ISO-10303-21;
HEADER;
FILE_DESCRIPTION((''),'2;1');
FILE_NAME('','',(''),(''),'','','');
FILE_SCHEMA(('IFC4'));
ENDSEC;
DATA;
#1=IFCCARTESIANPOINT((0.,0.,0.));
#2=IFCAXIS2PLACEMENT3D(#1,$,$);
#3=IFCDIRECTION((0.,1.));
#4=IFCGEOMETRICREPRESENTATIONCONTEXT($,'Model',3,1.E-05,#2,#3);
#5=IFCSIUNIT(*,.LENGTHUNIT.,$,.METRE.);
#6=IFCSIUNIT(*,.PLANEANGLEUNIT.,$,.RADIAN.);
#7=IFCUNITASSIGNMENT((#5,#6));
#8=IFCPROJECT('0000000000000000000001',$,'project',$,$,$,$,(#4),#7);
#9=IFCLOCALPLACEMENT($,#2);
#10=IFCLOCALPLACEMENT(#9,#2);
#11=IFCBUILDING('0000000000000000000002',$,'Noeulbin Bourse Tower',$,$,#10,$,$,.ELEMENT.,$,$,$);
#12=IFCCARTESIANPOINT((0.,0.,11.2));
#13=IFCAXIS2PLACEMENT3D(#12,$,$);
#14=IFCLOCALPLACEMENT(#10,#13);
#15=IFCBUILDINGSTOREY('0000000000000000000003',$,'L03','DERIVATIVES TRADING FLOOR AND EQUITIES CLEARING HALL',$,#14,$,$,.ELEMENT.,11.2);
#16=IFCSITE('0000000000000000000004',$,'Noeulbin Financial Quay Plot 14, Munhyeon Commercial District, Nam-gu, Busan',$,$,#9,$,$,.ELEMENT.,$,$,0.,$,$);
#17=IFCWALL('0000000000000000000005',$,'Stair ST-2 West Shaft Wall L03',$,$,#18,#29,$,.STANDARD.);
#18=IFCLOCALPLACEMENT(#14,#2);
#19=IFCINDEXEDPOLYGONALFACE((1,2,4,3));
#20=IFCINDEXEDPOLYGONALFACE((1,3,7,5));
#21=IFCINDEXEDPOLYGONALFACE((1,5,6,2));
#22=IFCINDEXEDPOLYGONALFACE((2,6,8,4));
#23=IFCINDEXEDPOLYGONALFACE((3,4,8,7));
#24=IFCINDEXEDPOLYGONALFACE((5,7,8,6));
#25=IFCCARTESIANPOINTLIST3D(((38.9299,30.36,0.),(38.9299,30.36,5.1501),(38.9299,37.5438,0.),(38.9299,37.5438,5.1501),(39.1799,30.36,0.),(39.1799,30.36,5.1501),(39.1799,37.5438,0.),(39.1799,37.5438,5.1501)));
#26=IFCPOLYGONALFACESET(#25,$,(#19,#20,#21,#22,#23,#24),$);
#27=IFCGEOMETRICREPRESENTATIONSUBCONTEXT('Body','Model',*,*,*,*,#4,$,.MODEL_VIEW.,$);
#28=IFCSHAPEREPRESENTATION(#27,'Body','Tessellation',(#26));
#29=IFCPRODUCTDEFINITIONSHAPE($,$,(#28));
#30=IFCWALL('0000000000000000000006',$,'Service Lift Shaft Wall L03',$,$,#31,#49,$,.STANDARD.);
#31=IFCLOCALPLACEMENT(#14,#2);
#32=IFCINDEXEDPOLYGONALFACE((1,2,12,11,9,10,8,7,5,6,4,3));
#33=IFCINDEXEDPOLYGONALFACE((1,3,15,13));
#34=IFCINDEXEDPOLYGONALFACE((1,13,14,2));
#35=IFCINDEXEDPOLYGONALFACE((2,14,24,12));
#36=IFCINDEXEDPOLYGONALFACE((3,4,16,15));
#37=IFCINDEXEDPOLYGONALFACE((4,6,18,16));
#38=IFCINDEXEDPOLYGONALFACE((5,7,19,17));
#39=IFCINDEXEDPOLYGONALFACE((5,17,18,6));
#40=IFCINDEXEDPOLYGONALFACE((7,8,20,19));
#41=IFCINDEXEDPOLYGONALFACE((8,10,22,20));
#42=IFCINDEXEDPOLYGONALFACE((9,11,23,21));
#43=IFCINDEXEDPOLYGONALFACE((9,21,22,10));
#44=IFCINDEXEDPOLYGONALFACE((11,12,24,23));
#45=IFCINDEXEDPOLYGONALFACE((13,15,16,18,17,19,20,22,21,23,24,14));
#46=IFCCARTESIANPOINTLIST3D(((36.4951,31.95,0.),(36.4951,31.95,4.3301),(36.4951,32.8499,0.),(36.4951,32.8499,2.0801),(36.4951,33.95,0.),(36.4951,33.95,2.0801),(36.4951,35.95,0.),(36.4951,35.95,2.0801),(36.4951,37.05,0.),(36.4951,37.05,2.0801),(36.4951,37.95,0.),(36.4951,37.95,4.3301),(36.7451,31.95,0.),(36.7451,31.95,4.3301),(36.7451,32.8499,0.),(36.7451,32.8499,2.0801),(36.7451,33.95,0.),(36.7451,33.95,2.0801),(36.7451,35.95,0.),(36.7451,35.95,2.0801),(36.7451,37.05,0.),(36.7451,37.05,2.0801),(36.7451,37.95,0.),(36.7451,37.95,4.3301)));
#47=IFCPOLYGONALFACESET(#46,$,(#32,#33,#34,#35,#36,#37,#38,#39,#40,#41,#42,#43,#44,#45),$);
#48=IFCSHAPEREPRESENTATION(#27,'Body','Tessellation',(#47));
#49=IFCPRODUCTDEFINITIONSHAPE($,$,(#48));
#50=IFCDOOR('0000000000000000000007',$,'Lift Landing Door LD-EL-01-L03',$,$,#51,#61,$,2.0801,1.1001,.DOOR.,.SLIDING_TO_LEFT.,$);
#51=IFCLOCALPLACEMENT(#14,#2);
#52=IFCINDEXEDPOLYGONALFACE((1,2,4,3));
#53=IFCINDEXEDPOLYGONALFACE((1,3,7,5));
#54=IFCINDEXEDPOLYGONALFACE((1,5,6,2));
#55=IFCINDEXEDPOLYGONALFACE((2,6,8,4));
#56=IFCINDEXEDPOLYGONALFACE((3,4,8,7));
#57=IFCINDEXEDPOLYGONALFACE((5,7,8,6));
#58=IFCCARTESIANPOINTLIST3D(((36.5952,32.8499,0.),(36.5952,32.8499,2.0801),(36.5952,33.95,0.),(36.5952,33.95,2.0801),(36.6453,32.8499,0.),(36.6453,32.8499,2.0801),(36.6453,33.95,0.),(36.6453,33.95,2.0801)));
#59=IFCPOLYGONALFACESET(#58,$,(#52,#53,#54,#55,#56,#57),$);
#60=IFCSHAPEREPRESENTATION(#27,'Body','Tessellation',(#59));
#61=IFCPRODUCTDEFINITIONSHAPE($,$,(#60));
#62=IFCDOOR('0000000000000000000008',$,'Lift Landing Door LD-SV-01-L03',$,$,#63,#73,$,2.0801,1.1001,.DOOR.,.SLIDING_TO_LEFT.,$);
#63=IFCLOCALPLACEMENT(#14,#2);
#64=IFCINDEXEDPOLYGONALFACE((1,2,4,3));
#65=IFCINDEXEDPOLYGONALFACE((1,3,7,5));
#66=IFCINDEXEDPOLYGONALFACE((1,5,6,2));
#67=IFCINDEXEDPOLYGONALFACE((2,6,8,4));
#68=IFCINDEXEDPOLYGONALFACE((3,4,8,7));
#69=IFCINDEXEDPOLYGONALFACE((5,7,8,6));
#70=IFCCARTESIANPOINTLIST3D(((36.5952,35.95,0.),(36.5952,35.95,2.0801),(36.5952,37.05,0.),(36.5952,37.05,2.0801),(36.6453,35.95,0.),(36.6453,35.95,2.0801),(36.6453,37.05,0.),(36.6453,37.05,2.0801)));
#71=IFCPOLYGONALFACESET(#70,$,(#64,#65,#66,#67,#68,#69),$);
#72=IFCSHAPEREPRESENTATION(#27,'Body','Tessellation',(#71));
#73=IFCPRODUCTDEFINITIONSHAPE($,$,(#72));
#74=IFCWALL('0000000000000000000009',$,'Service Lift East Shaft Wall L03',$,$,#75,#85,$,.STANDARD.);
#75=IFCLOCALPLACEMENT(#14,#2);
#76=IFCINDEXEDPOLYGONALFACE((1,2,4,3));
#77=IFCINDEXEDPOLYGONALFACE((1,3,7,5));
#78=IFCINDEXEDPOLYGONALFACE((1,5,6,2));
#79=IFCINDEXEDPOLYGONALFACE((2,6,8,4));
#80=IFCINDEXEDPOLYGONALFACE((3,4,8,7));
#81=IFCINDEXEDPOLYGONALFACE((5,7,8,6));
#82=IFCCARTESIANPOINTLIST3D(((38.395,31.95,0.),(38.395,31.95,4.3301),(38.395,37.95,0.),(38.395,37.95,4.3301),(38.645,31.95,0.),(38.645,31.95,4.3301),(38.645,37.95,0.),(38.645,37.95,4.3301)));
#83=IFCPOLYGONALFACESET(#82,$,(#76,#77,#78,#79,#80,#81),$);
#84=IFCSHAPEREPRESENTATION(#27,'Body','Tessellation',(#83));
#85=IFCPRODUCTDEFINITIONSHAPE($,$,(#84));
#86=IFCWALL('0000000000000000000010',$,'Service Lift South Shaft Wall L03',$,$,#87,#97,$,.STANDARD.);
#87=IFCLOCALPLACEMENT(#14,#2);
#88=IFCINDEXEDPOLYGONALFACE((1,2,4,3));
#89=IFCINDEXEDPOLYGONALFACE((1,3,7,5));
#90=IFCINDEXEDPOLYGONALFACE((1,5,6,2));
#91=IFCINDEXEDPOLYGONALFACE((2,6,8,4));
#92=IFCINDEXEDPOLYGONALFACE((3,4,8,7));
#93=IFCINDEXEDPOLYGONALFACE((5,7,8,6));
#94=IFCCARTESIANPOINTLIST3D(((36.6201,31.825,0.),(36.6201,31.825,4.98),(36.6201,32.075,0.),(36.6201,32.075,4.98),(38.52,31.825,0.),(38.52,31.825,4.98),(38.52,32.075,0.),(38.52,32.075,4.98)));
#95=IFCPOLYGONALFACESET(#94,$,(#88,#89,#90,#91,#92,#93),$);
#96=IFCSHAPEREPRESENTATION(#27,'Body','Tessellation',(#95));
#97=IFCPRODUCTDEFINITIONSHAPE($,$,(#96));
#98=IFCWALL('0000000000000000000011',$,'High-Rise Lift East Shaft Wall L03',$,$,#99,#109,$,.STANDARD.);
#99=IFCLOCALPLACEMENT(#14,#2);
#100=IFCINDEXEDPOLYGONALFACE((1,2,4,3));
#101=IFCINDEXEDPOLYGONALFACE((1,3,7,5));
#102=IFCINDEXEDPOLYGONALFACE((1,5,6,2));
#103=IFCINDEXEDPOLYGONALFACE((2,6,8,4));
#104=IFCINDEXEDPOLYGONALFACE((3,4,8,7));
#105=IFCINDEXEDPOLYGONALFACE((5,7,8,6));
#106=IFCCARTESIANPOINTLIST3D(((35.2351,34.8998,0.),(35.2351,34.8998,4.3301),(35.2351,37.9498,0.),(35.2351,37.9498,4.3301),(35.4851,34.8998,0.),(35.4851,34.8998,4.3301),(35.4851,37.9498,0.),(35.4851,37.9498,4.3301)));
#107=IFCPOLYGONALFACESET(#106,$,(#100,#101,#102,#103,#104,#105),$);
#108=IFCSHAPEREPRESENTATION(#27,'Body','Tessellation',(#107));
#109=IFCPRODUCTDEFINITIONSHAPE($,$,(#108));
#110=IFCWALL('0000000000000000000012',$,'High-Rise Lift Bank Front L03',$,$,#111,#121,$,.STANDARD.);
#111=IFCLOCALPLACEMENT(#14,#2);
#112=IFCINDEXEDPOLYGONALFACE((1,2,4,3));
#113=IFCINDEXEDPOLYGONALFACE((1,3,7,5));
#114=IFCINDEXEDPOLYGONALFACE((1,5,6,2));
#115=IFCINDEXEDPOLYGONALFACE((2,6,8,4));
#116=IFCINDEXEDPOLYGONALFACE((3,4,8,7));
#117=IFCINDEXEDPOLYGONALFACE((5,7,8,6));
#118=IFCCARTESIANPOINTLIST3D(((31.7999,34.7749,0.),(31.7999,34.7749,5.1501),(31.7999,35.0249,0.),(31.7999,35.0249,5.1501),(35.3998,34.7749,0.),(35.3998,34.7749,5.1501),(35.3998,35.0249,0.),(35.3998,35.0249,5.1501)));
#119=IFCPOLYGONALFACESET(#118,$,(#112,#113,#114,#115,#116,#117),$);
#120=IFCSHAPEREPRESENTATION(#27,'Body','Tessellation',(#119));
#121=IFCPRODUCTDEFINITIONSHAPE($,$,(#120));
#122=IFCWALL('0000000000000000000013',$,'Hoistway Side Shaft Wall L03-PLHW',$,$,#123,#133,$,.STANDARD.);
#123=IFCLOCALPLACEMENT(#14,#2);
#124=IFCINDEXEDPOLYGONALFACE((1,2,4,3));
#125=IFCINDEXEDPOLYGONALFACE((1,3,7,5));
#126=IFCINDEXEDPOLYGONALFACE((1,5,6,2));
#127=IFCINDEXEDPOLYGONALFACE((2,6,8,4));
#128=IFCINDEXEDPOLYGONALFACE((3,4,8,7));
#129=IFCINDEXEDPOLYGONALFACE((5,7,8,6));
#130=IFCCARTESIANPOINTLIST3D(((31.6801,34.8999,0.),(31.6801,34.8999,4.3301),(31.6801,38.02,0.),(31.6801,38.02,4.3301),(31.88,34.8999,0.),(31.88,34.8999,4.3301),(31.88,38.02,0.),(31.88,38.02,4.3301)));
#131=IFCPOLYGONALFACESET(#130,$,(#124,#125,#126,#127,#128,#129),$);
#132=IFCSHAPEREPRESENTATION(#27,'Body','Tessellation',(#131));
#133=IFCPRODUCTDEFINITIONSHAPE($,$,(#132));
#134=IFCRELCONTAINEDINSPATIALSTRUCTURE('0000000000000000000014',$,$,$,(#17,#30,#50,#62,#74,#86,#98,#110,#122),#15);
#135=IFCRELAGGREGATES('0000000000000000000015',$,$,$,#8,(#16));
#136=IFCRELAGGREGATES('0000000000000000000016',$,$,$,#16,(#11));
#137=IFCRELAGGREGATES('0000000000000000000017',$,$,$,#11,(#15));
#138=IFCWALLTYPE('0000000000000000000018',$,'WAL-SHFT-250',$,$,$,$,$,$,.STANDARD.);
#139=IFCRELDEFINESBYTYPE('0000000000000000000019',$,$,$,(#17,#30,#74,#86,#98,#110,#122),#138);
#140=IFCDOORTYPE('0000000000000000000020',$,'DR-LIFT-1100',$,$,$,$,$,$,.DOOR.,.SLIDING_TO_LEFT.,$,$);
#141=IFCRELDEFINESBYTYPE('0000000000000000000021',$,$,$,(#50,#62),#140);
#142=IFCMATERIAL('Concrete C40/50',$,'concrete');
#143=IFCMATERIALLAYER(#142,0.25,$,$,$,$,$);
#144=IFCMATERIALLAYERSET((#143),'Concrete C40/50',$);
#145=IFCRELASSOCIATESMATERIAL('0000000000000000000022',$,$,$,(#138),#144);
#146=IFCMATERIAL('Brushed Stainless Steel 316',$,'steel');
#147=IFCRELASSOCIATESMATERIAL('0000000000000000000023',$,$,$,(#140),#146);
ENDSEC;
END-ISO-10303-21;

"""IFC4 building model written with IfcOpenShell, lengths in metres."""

from ifc_helpers import new_model, si_unit, direction, frame, frame_2d, origin, place, context, subcontext, project, spatial, rectangle, extrude, material, layer, layer_set, type_object, element, fill, save


model = new_model("IFC4")

# Units and contexts
model_context = context("Model", 3, precision=1e-05, world=origin(), true_north=direction((0.0, 1.0)))
body_context = subcontext(model_context, "Body", "Model", "MODEL_VIEW")
ifc_project = project(units=[si_unit("LENGTHUNIT", "METRE"), si_unit("PLANEANGLEUNIT", "RADIAN")], contexts=[model_context])

# Site, building, storey
site_placement = place(None, origin())
site = spatial("IfcSite", under=ifc_project, at=site_placement, Name="Noeulbin Financial Quay Plot 14, Munhyeon Commercial District, Nam-gu, Busan", CompositionType="ELEMENT", RefElevation=0.0)
building_placement = place(site_placement, origin())
building = spatial("IfcBuilding", under=site, at=building_placement, Name="Noeulbin Bourse Tower", CompositionType="ELEMENT")
storey_placement = place(building_placement, frame((0.0, 0.0, 11.2)))
storey = spatial("IfcBuildingStorey", under=building, at=storey_placement, Name="L03", Description="DERIVATIVES TRADING FLOOR AND EQUITIES CLEARING HALL", CompositionType="ELEMENT", Elevation=11.2)

# Wall
ifc_material_1 = material(Name="Concrete C40/50", Category="concrete")
ifc_layer_1 = layer(ifc_material_1, 0.25)
ifc_layer_set_1 = layer_set([ifc_layer_1], Name="Concrete C40/50")
wall_type_1 = type_object("IfcWallType", Name="WAL-SHFT-250", PredefinedType="STANDARD", material=ifc_layer_set_1)
wall_1_placement = place(storey_placement, frame((39.0549, 30.3601, 0.0), z_axis=(0.0, 0.0, 1.0), x_axis=(0.0, 1.0, 0.0)))
element("IfcWall", 1, at=wall_1_placement, inside=storey, type_object=wall_type_1, Name="Stair ST-2 West Shaft Wall L03", PredefinedType="STANDARD", context=body_context, shape_type="SweptSolid", body=[
    extrude(rectangle(XDim=7.1838, YDim=0.25, at=frame_2d((3.5918, 0.0))), origin(), (0.0, 0.0, 1.0), 5.1501),
])

# Wall, openings, doors
wall_2_placement = place(storey_placement, frame((36.6201, 31.95, 0.0), z_axis=(0.0, 0.0, 1.0), x_axis=(0.0, 1.0, 0.0)))
wall_2 = element("IfcWall", 2, at=wall_2_placement, inside=storey, type_object=wall_type_1, Name="Service Lift Shaft Wall L03", PredefinedType="STANDARD", context=body_context, shape_type="SweptSolid", body=[
    extrude(rectangle(XDim=6.0, YDim=0.25, at=frame_2d((3.0, 0.0))), origin(), (0.0, 0.0, 1.0), 4.3301),
])
opening_1_placement = place(wall_2_placement, frame((0.8999, 0.0, 0.0)))
opening_1 = element("IfcOpeningElement", 3, at=opening_1_placement, cuts=wall_2, PredefinedType="OPENING", context=body_context, shape_type="SweptSolid", body=[
    extrude(rectangle(XDim=1.1001, YDim=2.0801, at=frame_2d((0.55, 1.04))), frame((0.0, 0.135, 0.0), z_axis=(0.0, -1.0, 0.0), x_axis=(1.0, 0.0, 0.0)), (0.0, 0.0, 1.0), 0.27),
])
opening_2_placement = place(wall_2_placement, frame((4.0, 0.0, 0.0)))
opening_2 = element("IfcOpeningElement", 4, at=opening_2_placement, cuts=wall_2, PredefinedType="OPENING", context=body_context, shape_type="SweptSolid", body=[
    extrude(rectangle(XDim=1.1001, YDim=2.0801, at=frame_2d((0.55, 1.04))), frame((0.0, 0.135, 0.0), z_axis=(0.0, -1.0, 0.0), x_axis=(1.0, 0.0, 0.0)), (0.0, 0.0, 1.0), 0.27),
])
ifc_material_2 = material(Name="Brushed Stainless Steel 316", Category="steel")
door_type = type_object("IfcDoorType", Name="DR-LIFT-1100", OperationType="SLIDING_TO_LEFT", PredefinedType="DOOR", material=ifc_material_2)
door_1_placement = place(opening_1_placement, origin())
door_1 = element("IfcDoor", 5, at=door_1_placement, inside=storey, type_object=door_type, Name="Lift Landing Door LD-EL-01-L03", OperationType="SLIDING_TO_LEFT", OverallHeight=2.0801, OverallWidth=1.1001, PredefinedType="DOOR", context=body_context, shape_type="SweptSolid", body=[
    extrude(rectangle(XDim=1.1001, YDim=2.0801, at=frame_2d((0.55, 1.04))), frame((0.0, 0.0249, 0.0), z_axis=(0.0, -1.0, 0.0), x_axis=(1.0, 0.0, 0.0)), (0.0, 0.0, 1.0), 0.05),
])
fill(opening_1, door_1)
door_2_placement = place(opening_2_placement, origin())
door_2 = element("IfcDoor", 6, at=door_2_placement, inside=storey, type_object=door_type, Name="Lift Landing Door LD-SV-01-L03", OperationType="SLIDING_TO_LEFT", OverallHeight=2.0801, OverallWidth=1.1001, PredefinedType="DOOR", context=body_context, shape_type="SweptSolid", body=[
    extrude(rectangle(XDim=1.1001, YDim=2.0801, at=frame_2d((0.55, 1.04))), frame((0.0, 0.0249, 0.0), z_axis=(0.0, -1.0, 0.0), x_axis=(1.0, 0.0, 0.0)), (0.0, 0.0, 1.0), 0.05),
])
fill(opening_2, door_2)

# Walls
wall_3_placement = place(storey_placement, frame((38.52, 31.95, 0.0), z_axis=(0.0, 0.0, 1.0), x_axis=(0.0, 1.0, 0.0)))
element("IfcWall", 7, at=wall_3_placement, inside=storey, type_object=wall_type_1, Name="Service Lift East Shaft Wall L03", PredefinedType="STANDARD", context=body_context, shape_type="SweptSolid", body=[
    extrude(rectangle(XDim=6.0, YDim=0.25, at=frame_2d((3.0, 0.0))), origin(), (0.0, 0.0, 1.0), 4.3301),
])
wall_4_placement = place(storey_placement, frame((36.6201, 31.95, 0.0), z_axis=(0.0, 0.0, 1.0), x_axis=(1.0, 0.0, 0.0)))
element("IfcWall", 8, at=wall_4_placement, inside=storey, type_object=wall_type_1, Name="Service Lift South Shaft Wall L03", PredefinedType="STANDARD", context=body_context, shape_type="SweptSolid", body=[
    extrude(rectangle(XDim=1.8999, YDim=0.25, at=frame_2d((0.95, 0.0))), origin(), (0.0, 0.0, 1.0), 4.98),
])
wall_5_placement = place(storey_placement, frame((35.3601, 34.8999, 0.0), z_axis=(0.0, 0.0, 1.0), x_axis=(0.0, 1.0, 0.0)))
element("IfcWall", 9, at=wall_5_placement, inside=storey, type_object=wall_type_1, Name="High-Rise Lift East Shaft Wall L03", PredefinedType="STANDARD", context=body_context, shape_type="SweptSolid", body=[
    extrude(rectangle(XDim=3.05, YDim=0.25, at=frame_2d((1.5249, 0.0))), origin(), (0.0, 0.0, 1.0), 4.3301),
])
wall_6_placement = place(storey_placement, frame((31.8, 34.8999, 0.0), z_axis=(0.0, 0.0, 1.0), x_axis=(1.0, 0.0, 0.0)))
element("IfcWall", 10, at=wall_6_placement, inside=storey, type_object=wall_type_1, Name="High-Rise Lift Bank Front L03", PredefinedType="STANDARD", context=body_context, shape_type="SweptSolid", body=[
    extrude(rectangle(XDim=3.5999, YDim=0.25, at=frame_2d((1.7998, 0.0))), origin(), (0.0, 0.0, 1.0), 5.1501),
])
wall_7_placement = place(storey_placement, frame((31.78, 34.8999, 0.0), z_axis=(0.0, 0.0, 1.0), x_axis=(0.0, 1.0, 0.0)))
element("IfcWall", 11, at=wall_7_placement, inside=storey, type_object=wall_type_1, Name="Hoistway Side Shaft Wall L03-PLHW", PredefinedType="STANDARD", context=body_context, shape_type="SweptSolid", body=[
    extrude(rectangle(XDim=3.1201, YDim=0.2, at=frame_2d((1.5601, 0.0))), origin(), (0.0, 0.0, 1.0), 4.3301),
])

save(model, "model.ifc")
